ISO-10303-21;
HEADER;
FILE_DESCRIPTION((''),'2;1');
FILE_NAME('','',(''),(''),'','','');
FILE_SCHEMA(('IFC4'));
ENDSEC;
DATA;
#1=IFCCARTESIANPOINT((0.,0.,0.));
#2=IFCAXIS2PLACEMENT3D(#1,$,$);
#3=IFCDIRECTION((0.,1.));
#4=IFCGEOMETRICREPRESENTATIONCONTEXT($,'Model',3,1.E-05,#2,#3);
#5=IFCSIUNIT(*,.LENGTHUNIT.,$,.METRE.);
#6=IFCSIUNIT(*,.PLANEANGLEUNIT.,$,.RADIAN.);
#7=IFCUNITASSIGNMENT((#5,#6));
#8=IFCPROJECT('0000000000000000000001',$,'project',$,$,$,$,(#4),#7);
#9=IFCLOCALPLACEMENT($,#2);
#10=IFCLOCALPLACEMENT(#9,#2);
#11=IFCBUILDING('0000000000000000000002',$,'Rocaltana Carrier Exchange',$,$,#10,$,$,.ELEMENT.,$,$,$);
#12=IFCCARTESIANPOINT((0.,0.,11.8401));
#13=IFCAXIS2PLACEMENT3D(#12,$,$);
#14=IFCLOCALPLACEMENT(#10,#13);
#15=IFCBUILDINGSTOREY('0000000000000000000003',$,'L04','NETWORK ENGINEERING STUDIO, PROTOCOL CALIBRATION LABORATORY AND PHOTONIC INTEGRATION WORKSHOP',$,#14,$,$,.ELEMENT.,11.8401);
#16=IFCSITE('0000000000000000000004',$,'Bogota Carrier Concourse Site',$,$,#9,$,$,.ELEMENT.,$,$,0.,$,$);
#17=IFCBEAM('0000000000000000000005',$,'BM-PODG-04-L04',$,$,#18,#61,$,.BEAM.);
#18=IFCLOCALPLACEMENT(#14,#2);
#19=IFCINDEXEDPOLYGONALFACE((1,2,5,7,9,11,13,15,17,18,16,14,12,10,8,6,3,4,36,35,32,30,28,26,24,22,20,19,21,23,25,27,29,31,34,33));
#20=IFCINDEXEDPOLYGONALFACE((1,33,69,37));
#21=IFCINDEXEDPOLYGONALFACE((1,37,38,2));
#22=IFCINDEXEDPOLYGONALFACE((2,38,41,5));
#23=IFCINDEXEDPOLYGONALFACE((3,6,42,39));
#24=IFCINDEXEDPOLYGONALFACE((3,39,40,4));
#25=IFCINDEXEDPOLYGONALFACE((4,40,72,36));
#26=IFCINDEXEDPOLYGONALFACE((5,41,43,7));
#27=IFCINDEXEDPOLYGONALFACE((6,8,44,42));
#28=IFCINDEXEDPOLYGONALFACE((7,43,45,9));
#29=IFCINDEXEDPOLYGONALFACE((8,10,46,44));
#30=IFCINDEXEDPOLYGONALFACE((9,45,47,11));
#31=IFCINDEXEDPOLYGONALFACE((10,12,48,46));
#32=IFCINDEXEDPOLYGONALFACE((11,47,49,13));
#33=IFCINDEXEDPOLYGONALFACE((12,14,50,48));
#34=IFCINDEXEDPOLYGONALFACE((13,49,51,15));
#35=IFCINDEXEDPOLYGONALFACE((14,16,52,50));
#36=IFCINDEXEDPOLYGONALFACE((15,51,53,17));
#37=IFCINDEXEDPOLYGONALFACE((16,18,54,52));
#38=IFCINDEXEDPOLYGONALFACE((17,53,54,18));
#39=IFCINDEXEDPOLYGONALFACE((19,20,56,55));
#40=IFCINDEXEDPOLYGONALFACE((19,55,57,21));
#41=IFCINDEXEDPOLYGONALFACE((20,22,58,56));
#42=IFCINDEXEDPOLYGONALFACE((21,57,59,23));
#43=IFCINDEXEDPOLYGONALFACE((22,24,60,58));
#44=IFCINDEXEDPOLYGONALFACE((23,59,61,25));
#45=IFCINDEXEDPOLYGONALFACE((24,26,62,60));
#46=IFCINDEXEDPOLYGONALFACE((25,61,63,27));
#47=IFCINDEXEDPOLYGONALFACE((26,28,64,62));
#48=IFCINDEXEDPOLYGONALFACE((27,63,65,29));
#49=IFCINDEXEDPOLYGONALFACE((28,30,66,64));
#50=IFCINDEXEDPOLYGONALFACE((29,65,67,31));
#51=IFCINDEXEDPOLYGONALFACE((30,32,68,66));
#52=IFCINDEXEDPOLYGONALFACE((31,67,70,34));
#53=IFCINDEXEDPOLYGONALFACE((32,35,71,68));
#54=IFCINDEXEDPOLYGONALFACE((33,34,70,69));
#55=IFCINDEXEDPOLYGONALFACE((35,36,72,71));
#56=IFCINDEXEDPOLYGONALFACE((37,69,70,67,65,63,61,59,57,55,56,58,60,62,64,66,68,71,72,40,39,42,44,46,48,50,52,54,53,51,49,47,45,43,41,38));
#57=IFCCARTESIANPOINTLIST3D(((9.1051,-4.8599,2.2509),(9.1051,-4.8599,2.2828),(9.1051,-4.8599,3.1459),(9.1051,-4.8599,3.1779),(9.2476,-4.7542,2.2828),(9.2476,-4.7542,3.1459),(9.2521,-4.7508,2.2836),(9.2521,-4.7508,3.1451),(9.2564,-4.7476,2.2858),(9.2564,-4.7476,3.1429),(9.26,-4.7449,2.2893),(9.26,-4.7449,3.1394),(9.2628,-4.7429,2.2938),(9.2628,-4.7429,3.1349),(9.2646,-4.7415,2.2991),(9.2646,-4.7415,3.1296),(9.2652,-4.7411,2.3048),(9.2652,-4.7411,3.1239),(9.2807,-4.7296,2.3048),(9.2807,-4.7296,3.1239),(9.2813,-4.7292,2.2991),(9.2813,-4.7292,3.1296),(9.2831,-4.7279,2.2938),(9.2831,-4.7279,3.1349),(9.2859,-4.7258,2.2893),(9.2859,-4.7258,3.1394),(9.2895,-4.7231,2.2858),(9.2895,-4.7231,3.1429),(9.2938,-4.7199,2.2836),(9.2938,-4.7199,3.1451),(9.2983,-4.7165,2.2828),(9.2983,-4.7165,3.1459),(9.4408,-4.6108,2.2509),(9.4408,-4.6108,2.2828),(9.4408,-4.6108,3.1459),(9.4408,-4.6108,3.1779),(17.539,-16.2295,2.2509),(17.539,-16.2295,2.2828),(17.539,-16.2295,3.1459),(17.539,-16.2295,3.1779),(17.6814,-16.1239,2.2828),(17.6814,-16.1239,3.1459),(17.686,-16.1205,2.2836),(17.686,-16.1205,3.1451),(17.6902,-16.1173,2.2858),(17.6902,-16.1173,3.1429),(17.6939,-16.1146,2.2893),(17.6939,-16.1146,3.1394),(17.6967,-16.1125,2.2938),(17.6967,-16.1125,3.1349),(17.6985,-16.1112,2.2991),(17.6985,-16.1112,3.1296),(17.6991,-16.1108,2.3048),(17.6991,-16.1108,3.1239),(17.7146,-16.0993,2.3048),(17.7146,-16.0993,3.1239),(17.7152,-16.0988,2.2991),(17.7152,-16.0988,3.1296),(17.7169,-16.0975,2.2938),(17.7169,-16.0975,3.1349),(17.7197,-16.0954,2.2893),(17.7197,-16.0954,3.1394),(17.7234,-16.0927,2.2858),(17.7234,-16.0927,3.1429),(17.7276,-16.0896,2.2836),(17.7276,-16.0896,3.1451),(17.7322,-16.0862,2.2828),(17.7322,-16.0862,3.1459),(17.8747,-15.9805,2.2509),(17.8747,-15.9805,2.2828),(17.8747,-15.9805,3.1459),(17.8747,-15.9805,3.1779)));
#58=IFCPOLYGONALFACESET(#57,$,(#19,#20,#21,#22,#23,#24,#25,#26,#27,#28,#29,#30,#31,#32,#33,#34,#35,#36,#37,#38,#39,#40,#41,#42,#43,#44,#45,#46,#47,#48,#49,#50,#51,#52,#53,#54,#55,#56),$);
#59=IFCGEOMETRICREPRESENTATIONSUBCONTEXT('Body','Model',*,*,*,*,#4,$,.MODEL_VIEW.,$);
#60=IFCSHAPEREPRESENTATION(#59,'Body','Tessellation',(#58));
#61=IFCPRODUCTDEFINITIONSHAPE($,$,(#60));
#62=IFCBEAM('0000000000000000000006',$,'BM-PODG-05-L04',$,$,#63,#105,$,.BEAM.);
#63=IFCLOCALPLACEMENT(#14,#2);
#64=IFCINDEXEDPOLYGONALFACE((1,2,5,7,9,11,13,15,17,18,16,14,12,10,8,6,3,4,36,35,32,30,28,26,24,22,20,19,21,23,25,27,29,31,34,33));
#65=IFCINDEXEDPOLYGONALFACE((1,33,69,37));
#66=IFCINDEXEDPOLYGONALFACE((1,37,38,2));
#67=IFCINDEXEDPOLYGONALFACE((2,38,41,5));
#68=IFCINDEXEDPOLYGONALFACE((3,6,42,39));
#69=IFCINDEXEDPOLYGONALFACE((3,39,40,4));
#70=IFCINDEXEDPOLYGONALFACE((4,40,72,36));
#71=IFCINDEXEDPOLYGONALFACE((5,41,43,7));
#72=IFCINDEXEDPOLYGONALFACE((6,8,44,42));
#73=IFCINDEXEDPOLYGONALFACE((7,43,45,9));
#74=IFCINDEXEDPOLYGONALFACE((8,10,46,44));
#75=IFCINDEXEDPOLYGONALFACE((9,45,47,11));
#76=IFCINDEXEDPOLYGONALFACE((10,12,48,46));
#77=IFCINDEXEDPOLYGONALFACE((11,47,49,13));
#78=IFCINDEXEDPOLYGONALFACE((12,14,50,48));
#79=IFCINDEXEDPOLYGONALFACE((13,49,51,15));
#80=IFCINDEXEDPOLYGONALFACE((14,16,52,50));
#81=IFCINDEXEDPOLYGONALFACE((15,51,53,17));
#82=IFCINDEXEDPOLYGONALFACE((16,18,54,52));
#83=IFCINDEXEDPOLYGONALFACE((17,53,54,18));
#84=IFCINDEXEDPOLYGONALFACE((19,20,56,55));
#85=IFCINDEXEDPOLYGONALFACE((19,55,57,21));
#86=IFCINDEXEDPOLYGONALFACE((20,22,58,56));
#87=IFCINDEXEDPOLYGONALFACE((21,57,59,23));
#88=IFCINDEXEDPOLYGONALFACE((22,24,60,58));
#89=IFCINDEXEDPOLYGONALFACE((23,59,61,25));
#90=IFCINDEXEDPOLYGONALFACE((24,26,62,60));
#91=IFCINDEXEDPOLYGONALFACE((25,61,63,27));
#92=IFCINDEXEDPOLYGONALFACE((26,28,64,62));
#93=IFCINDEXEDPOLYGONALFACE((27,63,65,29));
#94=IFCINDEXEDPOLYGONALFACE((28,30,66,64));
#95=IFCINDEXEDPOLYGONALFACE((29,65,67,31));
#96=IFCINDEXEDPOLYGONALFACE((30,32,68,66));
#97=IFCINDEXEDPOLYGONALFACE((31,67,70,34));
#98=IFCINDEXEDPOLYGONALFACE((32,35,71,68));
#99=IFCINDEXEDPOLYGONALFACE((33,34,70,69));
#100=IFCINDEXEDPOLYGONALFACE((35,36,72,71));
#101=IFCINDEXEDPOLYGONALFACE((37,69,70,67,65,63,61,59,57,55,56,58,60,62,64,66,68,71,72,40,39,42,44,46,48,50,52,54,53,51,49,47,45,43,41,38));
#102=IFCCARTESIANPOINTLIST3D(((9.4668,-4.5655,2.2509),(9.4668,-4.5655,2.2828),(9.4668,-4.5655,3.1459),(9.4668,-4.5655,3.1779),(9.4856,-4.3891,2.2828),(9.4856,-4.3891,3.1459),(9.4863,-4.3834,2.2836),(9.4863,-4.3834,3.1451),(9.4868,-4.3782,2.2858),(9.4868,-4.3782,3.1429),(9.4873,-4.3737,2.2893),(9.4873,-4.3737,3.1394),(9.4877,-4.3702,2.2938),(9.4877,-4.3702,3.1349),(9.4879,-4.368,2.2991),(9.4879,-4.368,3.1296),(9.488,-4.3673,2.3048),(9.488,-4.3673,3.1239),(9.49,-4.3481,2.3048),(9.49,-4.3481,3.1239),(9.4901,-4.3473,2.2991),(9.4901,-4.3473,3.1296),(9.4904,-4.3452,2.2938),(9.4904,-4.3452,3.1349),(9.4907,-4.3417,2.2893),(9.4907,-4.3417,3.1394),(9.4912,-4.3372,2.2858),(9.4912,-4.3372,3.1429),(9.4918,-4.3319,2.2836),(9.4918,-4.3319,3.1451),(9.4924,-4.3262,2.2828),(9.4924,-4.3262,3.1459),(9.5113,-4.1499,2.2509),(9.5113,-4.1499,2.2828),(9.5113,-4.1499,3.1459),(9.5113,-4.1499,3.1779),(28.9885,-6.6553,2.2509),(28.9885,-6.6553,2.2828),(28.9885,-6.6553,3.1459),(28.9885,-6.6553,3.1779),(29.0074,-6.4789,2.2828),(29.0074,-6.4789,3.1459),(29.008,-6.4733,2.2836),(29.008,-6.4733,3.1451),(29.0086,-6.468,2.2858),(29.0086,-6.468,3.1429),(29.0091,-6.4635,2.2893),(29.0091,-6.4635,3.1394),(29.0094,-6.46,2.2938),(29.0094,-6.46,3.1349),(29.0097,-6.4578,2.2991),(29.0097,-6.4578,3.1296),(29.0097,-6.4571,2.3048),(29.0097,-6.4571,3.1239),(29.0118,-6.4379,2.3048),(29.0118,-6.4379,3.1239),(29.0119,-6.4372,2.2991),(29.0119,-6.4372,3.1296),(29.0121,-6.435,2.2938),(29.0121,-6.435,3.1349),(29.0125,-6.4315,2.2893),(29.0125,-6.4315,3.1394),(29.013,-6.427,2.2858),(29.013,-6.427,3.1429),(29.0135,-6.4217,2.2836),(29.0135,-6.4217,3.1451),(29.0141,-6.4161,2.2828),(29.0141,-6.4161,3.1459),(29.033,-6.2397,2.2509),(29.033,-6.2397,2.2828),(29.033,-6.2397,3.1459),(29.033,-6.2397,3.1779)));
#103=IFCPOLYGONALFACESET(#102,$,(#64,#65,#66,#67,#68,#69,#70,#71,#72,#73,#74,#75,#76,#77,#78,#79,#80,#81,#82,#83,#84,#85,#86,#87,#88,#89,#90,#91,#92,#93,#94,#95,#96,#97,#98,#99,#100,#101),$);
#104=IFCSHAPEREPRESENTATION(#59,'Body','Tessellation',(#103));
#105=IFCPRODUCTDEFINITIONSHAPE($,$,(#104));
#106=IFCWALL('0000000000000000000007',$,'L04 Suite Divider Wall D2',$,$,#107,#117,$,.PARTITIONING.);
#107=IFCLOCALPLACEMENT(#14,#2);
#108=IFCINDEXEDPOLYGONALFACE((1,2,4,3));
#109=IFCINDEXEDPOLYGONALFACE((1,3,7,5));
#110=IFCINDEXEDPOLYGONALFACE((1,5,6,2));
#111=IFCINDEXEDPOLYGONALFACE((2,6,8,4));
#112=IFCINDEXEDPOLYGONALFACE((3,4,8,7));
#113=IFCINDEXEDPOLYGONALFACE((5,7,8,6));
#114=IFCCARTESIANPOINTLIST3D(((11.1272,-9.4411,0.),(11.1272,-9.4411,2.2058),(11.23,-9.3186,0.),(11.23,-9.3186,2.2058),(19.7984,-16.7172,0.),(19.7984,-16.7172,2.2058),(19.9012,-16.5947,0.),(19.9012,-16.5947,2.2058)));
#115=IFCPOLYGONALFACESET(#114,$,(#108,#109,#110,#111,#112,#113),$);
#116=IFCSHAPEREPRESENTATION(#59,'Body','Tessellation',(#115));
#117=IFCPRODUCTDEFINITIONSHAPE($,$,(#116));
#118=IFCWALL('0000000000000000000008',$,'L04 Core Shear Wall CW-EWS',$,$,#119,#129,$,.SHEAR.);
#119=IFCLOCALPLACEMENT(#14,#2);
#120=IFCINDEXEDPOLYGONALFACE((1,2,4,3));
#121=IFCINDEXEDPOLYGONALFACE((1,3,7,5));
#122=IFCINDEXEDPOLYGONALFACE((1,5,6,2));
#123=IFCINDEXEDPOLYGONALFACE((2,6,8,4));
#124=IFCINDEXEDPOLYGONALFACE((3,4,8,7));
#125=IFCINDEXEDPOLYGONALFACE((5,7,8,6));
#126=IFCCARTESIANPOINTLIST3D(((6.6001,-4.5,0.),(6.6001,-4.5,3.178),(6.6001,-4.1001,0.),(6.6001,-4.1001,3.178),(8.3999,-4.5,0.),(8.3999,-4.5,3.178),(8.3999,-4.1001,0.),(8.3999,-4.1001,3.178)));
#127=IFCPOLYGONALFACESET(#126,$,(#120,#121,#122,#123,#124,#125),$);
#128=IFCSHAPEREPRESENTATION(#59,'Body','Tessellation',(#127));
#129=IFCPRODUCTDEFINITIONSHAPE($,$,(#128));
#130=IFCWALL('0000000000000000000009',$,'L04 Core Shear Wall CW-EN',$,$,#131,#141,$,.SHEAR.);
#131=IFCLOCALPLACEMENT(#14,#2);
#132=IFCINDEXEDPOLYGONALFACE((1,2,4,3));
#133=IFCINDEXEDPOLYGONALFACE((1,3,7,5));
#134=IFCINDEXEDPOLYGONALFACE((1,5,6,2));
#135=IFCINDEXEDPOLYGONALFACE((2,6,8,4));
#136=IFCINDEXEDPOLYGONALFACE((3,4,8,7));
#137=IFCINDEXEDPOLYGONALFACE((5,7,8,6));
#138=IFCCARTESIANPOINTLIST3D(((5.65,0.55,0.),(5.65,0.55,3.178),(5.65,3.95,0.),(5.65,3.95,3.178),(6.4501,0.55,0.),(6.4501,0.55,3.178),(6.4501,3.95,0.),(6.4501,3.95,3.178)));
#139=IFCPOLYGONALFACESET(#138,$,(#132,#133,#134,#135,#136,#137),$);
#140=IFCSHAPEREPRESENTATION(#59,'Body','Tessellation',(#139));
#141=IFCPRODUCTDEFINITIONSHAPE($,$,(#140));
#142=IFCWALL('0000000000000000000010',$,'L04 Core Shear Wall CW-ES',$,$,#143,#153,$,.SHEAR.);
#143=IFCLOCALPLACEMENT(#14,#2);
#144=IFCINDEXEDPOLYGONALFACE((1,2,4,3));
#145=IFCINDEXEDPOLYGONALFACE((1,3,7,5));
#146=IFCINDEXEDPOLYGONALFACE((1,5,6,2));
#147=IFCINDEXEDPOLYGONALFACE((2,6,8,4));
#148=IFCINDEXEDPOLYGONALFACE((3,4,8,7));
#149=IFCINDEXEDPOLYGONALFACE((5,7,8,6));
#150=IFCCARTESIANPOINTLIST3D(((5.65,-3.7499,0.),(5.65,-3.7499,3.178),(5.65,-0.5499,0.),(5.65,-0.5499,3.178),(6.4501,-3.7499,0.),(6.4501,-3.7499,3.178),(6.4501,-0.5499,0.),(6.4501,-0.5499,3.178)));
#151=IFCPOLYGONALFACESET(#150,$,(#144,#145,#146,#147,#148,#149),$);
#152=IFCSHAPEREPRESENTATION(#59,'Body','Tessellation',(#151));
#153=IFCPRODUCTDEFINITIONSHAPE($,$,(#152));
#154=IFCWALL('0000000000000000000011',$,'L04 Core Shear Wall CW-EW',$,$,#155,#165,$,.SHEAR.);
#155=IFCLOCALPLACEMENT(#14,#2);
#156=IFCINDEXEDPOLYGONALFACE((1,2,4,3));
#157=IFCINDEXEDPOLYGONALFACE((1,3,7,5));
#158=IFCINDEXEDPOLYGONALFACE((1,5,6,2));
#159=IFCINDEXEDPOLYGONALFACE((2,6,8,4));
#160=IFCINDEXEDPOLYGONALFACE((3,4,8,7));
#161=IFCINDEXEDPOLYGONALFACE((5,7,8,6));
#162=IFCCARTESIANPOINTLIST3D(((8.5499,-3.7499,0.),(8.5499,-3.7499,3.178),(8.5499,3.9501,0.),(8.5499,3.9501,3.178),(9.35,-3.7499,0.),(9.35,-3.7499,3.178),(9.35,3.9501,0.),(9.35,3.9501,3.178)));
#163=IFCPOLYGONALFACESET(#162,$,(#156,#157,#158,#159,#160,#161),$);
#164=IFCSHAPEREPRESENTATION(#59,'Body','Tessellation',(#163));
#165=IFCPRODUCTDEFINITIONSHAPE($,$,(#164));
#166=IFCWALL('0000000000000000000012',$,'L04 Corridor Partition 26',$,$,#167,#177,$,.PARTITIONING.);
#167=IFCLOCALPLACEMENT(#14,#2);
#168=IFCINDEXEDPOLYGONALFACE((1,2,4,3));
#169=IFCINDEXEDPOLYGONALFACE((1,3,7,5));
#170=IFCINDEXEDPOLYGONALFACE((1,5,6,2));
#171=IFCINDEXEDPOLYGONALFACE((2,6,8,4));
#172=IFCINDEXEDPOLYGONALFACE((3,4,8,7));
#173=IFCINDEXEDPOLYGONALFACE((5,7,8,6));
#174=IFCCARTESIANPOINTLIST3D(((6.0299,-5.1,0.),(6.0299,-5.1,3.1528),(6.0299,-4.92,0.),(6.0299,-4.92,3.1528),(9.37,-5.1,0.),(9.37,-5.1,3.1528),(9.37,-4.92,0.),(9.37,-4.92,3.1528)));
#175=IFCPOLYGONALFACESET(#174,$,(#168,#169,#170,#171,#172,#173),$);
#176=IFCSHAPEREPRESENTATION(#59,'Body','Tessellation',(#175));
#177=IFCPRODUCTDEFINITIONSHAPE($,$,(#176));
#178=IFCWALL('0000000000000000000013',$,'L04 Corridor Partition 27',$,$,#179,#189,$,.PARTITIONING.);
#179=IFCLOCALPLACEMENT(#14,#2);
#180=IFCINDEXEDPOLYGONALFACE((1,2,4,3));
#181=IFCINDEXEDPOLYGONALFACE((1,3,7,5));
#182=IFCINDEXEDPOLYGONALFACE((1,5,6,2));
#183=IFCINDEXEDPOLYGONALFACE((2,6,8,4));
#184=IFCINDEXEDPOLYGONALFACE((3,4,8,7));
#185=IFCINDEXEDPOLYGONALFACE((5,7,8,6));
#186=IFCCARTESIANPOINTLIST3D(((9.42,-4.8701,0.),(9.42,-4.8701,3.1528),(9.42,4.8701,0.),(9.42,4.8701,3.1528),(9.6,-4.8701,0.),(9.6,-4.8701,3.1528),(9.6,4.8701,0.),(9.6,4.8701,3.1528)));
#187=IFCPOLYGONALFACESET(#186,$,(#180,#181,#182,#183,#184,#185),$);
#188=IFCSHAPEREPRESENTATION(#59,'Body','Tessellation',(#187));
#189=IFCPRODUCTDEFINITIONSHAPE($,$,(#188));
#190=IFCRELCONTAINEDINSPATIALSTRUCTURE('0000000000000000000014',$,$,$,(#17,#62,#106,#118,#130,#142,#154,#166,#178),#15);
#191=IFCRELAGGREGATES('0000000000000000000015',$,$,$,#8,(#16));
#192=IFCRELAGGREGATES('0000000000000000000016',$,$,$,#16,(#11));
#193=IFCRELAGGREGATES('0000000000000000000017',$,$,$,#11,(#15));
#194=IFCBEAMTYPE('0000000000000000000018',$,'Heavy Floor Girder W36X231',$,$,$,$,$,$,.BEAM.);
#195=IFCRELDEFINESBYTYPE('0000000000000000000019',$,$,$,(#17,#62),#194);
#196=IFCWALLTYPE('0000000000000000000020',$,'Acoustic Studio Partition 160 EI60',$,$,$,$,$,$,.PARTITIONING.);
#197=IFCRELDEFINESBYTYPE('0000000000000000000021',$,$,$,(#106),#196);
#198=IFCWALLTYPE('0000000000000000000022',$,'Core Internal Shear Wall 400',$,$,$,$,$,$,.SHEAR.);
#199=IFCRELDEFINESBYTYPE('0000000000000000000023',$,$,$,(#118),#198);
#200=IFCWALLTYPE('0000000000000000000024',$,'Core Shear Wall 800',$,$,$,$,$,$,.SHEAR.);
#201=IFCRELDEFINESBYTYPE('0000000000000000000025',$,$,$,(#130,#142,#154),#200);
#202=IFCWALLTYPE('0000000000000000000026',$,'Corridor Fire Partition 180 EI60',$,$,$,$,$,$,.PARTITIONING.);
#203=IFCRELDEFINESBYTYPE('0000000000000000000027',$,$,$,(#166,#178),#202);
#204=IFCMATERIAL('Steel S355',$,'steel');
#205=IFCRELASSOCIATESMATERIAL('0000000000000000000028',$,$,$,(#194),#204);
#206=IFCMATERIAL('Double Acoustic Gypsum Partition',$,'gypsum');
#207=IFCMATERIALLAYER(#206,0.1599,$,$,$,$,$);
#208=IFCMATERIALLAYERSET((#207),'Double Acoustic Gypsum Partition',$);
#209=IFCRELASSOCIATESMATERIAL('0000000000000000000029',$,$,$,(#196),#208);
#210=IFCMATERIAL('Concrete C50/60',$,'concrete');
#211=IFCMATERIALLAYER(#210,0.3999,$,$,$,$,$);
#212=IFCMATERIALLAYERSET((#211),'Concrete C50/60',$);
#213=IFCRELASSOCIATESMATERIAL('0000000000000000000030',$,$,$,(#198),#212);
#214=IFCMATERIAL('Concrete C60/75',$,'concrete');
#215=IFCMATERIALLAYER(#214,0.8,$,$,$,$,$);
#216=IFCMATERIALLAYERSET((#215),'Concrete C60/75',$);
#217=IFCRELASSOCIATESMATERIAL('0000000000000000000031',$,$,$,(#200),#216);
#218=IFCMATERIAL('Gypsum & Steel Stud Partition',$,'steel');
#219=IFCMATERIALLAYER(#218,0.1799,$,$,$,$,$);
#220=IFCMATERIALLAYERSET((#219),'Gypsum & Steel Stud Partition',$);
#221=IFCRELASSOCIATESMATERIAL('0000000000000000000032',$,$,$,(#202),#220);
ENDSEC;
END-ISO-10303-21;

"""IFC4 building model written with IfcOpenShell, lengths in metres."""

from ifc_helpers import new_model, si_unit, direction, frame, frame_2d, origin, origin_2d, place, context, subcontext, project, spatial, rectangle, i_section, extrude, material, layer, layer_set, material_profile, profile_set, type_object, element, save


model = new_model("IFC4")

# Units and contexts
model_context = context("Model", 3, precision=1e-05, world=origin(), true_north=direction((0.0, 1.0)))
body_context = subcontext(model_context, "Body", "Model", "MODEL_VIEW")
ifc_project = project(units=[si_unit("LENGTHUNIT", "METRE"), si_unit("PLANEANGLEUNIT", "RADIAN")], contexts=[model_context])

# Site, building, storey
site_placement = place(None, origin())
site = spatial("IfcSite", under=ifc_project, at=site_placement, Name="Bogota Carrier Concourse Site", CompositionType="ELEMENT", RefElevation=0.0)
building_placement = place(site_placement, origin())
building = spatial("IfcBuilding", under=site, at=building_placement, Name="Rocaltana Carrier Exchange", CompositionType="ELEMENT")
storey_placement = place(building_placement, frame((0.0, 0.0, 11.8401)))
storey = spatial("IfcBuildingStorey", under=building, at=storey_placement, Name="L04", Description="NETWORK ENGINEERING STUDIO, PROTOCOL CALIBRATION LABORATORY AND PHOTONIC INTEGRATION WORKSHOP", CompositionType="ELEMENT", Elevation=11.8401)

# Beams
ifc_material_1 = material(Name="Steel S355", Category="steel")
ifc_material_profile_1 = material_profile(ifc_material_1, i_section(OverallWidth=0.418, OverallDepth=0.927, WebThickness=0.0193, FlangeThickness=0.032, FilletRadius=0.022, at=origin_2d()), Name="W36X231")
ifc_profile_set_1 = profile_set([ifc_material_profile_1], Name="Steel S355")
beam_type_1 = type_object("IfcBeamType", Name="Heavy Floor Girder W36X231", PredefinedType="BEAM", material=ifc_profile_set_1)
beam_1_placement = place(storey_placement, frame((9.2729, -4.7354, 2.7144), z_axis=(0.59577, -0.803155, 0.0), x_axis=(0.803155, 0.59577, 0.0)))
element("IfcBeam", 1, at=beam_1_placement, inside=storey, type_object=beam_type_1, Name="BM-PODG-04-L04", PredefinedType="BEAM", context=body_context, shape_type="SweptSolid", body=[
    extrude(i_section(OverallWidth=0.418, OverallDepth=0.927, WebThickness=0.0193, FlangeThickness=0.032, FilletRadius=0.022, at=origin_2d()), origin(), (0.0, 0.0, 1.0), 14.1562),
])
beam_2_placement = place(storey_placement, frame((9.489, -4.3577, 2.7144), z_axis=(0.994319, -0.106444, 0.0), x_axis=(0.106444, 0.994319, 0.0)))
element("IfcBeam", 2, at=beam_2_placement, inside=storey, type_object=beam_type_1, Name="BM-PODG-05-L04", PredefinedType="BEAM", context=body_context, shape_type="SweptSolid", body=[
    extrude(i_section(OverallWidth=0.418, OverallDepth=0.927, WebThickness=0.0193, FlangeThickness=0.032, FilletRadius=0.022, at=origin_2d()), origin(), (0.0, 0.0, 1.0), 19.6333),
])

# Walls
ifc_material_2 = material(Name="Double Acoustic Gypsum Partition", Category="gypsum")
ifc_layer_1 = layer(ifc_material_2, 0.1599)
ifc_layer_set_1 = layer_set([ifc_layer_1], Name="Double Acoustic Gypsum Partition")
wall_type_1 = type_object("IfcWallType", Name="Acoustic Studio Partition 160 EI60", PredefinedType="PARTITIONING", material=ifc_layer_set_1)
wall_1_placement = place(storey_placement, frame((11.1787, -9.3799, 0.0), z_axis=(0.0, 0.0, 1.0), x_axis=(0.766037, -0.642796, 0.0)))
element("IfcWall", 3, at=wall_1_placement, inside=storey, type_object=wall_type_1, Name="L04 Suite Divider Wall D2", PredefinedType="PARTITIONING", context=body_context, shape_type="SweptSolid", body=[
    extrude(rectangle(XDim=11.3196, YDim=0.1599, at=frame_2d((5.6597, 0.0))), origin(), (0.0, 0.0, 1.0), 2.2058),
])
ifc_material_3 = material(Name="Concrete C50/60", Category="concrete")
ifc_layer_2 = layer(ifc_material_3, 0.3999)
ifc_layer_set_2 = layer_set([ifc_layer_2], Name="Concrete C50/60")
wall_type_2 = type_object("IfcWallType", Name="Core Internal Shear Wall 400", PredefinedType="SHEAR", material=ifc_layer_set_2)
wall_2_placement = place(storey_placement, frame((6.6001, -4.3, 0.0), z_axis=(0.0, 0.0, 1.0), x_axis=(1.0, 0.0, 0.0)))
element("IfcWall", 4, at=wall_2_placement, inside=storey, type_object=wall_type_2, Name="L04 Core Shear Wall CW-EWS", PredefinedType="SHEAR", context=body_context, shape_type="SweptSolid", body=[
    extrude(rectangle(XDim=1.7998, YDim=0.3999, at=frame_2d((0.8999, 0.0))), origin(), (0.0, 0.0, 1.0), 3.178),
])
ifc_material_4 = material(Name="Concrete C60/75", Category="concrete")
ifc_layer_3 = layer(ifc_material_4, 0.8)
ifc_layer_set_3 = layer_set([ifc_layer_3], Name="Concrete C60/75")
wall_type_3 = type_object("IfcWallType", Name="Core Shear Wall 800", PredefinedType="SHEAR", material=ifc_layer_set_3)
wall_3_placement = place(storey_placement, frame((6.05, 0.55, 0.0), z_axis=(0.0, 0.0, 1.0), x_axis=(0.0, 1.0, 0.0)))
element("IfcWall", 5, at=wall_3_placement, inside=storey, type_object=wall_type_3, Name="L04 Core Shear Wall CW-EN", PredefinedType="SHEAR", context=body_context, shape_type="SweptSolid", body=[
    extrude(rectangle(XDim=3.3999, YDim=0.8, at=frame_2d((1.7, 0.0))), origin(), (0.0, 0.0, 1.0), 3.178),
])
wall_4_placement = place(storey_placement, frame((6.05, -3.75, 0.0), z_axis=(0.0, 0.0, 1.0), x_axis=(0.0, 1.0, 0.0)))
element("IfcWall", 6, at=wall_4_placement, inside=storey, type_object=wall_type_3, Name="L04 Core Shear Wall CW-ES", PredefinedType="SHEAR", context=body_context, shape_type="SweptSolid", body=[
    extrude(rectangle(XDim=3.2, YDim=0.8, at=frame_2d((1.6001, 0.0))), origin(), (0.0, 0.0, 1.0), 3.178),
])
wall_5_placement = place(storey_placement, frame((8.95, -3.75, 0.0), z_axis=(0.0, 0.0, 1.0), x_axis=(0.0, 1.0, 0.0)))
element("IfcWall", 7, at=wall_5_placement, inside=storey, type_object=wall_type_3, Name="L04 Core Shear Wall CW-EW", PredefinedType="SHEAR", context=body_context, shape_type="SweptSolid", body=[
    extrude(rectangle(XDim=7.7, YDim=0.8, at=frame_2d((3.8501, 0.0))), origin(), (0.0, 0.0, 1.0), 3.178),
])
ifc_material_5 = material(Name="Gypsum & Steel Stud Partition", Category="steel")
ifc_layer_4 = layer(ifc_material_5, 0.1799)
ifc_layer_set_4 = layer_set([ifc_layer_4], Name="Gypsum & Steel Stud Partition")
wall_type_4 = type_object("IfcWallType", Name="Corridor Fire Partition 180 EI60", PredefinedType="PARTITIONING", material=ifc_layer_set_4)
wall_6_placement = place(storey_placement, frame((6.03, -5.01, 0.0), z_axis=(0.0, 0.0, 1.0), x_axis=(1.0, 0.0, 0.0)))
element("IfcWall", 8, at=wall_6_placement, inside=storey, type_object=wall_type_4, Name="L04 Corridor Partition 26", PredefinedType="PARTITIONING", context=body_context, shape_type="SweptSolid", body=[
    extrude(rectangle(XDim=3.3401, YDim=0.1799, at=frame_2d((1.6699, 0.0))), origin(), (0.0, 0.0, 1.0), 3.1528),
])
wall_7_placement = place(storey_placement, frame((9.51, -4.8701, 0.0), z_axis=(0.0, 0.0, 1.0), x_axis=(0.0, 1.0, 0.0)))
element("IfcWall", 9, at=wall_7_placement, inside=storey, type_object=wall_type_4, Name="L04 Corridor Partition 27", PredefinedType="PARTITIONING", context=body_context, shape_type="SweptSolid", body=[
    extrude(rectangle(XDim=9.7402, YDim=0.1799, at=frame_2d((4.8701, 0.0))), origin(), (0.0, 0.0, 1.0), 3.1528),
])

save(model, "model.ifc")
